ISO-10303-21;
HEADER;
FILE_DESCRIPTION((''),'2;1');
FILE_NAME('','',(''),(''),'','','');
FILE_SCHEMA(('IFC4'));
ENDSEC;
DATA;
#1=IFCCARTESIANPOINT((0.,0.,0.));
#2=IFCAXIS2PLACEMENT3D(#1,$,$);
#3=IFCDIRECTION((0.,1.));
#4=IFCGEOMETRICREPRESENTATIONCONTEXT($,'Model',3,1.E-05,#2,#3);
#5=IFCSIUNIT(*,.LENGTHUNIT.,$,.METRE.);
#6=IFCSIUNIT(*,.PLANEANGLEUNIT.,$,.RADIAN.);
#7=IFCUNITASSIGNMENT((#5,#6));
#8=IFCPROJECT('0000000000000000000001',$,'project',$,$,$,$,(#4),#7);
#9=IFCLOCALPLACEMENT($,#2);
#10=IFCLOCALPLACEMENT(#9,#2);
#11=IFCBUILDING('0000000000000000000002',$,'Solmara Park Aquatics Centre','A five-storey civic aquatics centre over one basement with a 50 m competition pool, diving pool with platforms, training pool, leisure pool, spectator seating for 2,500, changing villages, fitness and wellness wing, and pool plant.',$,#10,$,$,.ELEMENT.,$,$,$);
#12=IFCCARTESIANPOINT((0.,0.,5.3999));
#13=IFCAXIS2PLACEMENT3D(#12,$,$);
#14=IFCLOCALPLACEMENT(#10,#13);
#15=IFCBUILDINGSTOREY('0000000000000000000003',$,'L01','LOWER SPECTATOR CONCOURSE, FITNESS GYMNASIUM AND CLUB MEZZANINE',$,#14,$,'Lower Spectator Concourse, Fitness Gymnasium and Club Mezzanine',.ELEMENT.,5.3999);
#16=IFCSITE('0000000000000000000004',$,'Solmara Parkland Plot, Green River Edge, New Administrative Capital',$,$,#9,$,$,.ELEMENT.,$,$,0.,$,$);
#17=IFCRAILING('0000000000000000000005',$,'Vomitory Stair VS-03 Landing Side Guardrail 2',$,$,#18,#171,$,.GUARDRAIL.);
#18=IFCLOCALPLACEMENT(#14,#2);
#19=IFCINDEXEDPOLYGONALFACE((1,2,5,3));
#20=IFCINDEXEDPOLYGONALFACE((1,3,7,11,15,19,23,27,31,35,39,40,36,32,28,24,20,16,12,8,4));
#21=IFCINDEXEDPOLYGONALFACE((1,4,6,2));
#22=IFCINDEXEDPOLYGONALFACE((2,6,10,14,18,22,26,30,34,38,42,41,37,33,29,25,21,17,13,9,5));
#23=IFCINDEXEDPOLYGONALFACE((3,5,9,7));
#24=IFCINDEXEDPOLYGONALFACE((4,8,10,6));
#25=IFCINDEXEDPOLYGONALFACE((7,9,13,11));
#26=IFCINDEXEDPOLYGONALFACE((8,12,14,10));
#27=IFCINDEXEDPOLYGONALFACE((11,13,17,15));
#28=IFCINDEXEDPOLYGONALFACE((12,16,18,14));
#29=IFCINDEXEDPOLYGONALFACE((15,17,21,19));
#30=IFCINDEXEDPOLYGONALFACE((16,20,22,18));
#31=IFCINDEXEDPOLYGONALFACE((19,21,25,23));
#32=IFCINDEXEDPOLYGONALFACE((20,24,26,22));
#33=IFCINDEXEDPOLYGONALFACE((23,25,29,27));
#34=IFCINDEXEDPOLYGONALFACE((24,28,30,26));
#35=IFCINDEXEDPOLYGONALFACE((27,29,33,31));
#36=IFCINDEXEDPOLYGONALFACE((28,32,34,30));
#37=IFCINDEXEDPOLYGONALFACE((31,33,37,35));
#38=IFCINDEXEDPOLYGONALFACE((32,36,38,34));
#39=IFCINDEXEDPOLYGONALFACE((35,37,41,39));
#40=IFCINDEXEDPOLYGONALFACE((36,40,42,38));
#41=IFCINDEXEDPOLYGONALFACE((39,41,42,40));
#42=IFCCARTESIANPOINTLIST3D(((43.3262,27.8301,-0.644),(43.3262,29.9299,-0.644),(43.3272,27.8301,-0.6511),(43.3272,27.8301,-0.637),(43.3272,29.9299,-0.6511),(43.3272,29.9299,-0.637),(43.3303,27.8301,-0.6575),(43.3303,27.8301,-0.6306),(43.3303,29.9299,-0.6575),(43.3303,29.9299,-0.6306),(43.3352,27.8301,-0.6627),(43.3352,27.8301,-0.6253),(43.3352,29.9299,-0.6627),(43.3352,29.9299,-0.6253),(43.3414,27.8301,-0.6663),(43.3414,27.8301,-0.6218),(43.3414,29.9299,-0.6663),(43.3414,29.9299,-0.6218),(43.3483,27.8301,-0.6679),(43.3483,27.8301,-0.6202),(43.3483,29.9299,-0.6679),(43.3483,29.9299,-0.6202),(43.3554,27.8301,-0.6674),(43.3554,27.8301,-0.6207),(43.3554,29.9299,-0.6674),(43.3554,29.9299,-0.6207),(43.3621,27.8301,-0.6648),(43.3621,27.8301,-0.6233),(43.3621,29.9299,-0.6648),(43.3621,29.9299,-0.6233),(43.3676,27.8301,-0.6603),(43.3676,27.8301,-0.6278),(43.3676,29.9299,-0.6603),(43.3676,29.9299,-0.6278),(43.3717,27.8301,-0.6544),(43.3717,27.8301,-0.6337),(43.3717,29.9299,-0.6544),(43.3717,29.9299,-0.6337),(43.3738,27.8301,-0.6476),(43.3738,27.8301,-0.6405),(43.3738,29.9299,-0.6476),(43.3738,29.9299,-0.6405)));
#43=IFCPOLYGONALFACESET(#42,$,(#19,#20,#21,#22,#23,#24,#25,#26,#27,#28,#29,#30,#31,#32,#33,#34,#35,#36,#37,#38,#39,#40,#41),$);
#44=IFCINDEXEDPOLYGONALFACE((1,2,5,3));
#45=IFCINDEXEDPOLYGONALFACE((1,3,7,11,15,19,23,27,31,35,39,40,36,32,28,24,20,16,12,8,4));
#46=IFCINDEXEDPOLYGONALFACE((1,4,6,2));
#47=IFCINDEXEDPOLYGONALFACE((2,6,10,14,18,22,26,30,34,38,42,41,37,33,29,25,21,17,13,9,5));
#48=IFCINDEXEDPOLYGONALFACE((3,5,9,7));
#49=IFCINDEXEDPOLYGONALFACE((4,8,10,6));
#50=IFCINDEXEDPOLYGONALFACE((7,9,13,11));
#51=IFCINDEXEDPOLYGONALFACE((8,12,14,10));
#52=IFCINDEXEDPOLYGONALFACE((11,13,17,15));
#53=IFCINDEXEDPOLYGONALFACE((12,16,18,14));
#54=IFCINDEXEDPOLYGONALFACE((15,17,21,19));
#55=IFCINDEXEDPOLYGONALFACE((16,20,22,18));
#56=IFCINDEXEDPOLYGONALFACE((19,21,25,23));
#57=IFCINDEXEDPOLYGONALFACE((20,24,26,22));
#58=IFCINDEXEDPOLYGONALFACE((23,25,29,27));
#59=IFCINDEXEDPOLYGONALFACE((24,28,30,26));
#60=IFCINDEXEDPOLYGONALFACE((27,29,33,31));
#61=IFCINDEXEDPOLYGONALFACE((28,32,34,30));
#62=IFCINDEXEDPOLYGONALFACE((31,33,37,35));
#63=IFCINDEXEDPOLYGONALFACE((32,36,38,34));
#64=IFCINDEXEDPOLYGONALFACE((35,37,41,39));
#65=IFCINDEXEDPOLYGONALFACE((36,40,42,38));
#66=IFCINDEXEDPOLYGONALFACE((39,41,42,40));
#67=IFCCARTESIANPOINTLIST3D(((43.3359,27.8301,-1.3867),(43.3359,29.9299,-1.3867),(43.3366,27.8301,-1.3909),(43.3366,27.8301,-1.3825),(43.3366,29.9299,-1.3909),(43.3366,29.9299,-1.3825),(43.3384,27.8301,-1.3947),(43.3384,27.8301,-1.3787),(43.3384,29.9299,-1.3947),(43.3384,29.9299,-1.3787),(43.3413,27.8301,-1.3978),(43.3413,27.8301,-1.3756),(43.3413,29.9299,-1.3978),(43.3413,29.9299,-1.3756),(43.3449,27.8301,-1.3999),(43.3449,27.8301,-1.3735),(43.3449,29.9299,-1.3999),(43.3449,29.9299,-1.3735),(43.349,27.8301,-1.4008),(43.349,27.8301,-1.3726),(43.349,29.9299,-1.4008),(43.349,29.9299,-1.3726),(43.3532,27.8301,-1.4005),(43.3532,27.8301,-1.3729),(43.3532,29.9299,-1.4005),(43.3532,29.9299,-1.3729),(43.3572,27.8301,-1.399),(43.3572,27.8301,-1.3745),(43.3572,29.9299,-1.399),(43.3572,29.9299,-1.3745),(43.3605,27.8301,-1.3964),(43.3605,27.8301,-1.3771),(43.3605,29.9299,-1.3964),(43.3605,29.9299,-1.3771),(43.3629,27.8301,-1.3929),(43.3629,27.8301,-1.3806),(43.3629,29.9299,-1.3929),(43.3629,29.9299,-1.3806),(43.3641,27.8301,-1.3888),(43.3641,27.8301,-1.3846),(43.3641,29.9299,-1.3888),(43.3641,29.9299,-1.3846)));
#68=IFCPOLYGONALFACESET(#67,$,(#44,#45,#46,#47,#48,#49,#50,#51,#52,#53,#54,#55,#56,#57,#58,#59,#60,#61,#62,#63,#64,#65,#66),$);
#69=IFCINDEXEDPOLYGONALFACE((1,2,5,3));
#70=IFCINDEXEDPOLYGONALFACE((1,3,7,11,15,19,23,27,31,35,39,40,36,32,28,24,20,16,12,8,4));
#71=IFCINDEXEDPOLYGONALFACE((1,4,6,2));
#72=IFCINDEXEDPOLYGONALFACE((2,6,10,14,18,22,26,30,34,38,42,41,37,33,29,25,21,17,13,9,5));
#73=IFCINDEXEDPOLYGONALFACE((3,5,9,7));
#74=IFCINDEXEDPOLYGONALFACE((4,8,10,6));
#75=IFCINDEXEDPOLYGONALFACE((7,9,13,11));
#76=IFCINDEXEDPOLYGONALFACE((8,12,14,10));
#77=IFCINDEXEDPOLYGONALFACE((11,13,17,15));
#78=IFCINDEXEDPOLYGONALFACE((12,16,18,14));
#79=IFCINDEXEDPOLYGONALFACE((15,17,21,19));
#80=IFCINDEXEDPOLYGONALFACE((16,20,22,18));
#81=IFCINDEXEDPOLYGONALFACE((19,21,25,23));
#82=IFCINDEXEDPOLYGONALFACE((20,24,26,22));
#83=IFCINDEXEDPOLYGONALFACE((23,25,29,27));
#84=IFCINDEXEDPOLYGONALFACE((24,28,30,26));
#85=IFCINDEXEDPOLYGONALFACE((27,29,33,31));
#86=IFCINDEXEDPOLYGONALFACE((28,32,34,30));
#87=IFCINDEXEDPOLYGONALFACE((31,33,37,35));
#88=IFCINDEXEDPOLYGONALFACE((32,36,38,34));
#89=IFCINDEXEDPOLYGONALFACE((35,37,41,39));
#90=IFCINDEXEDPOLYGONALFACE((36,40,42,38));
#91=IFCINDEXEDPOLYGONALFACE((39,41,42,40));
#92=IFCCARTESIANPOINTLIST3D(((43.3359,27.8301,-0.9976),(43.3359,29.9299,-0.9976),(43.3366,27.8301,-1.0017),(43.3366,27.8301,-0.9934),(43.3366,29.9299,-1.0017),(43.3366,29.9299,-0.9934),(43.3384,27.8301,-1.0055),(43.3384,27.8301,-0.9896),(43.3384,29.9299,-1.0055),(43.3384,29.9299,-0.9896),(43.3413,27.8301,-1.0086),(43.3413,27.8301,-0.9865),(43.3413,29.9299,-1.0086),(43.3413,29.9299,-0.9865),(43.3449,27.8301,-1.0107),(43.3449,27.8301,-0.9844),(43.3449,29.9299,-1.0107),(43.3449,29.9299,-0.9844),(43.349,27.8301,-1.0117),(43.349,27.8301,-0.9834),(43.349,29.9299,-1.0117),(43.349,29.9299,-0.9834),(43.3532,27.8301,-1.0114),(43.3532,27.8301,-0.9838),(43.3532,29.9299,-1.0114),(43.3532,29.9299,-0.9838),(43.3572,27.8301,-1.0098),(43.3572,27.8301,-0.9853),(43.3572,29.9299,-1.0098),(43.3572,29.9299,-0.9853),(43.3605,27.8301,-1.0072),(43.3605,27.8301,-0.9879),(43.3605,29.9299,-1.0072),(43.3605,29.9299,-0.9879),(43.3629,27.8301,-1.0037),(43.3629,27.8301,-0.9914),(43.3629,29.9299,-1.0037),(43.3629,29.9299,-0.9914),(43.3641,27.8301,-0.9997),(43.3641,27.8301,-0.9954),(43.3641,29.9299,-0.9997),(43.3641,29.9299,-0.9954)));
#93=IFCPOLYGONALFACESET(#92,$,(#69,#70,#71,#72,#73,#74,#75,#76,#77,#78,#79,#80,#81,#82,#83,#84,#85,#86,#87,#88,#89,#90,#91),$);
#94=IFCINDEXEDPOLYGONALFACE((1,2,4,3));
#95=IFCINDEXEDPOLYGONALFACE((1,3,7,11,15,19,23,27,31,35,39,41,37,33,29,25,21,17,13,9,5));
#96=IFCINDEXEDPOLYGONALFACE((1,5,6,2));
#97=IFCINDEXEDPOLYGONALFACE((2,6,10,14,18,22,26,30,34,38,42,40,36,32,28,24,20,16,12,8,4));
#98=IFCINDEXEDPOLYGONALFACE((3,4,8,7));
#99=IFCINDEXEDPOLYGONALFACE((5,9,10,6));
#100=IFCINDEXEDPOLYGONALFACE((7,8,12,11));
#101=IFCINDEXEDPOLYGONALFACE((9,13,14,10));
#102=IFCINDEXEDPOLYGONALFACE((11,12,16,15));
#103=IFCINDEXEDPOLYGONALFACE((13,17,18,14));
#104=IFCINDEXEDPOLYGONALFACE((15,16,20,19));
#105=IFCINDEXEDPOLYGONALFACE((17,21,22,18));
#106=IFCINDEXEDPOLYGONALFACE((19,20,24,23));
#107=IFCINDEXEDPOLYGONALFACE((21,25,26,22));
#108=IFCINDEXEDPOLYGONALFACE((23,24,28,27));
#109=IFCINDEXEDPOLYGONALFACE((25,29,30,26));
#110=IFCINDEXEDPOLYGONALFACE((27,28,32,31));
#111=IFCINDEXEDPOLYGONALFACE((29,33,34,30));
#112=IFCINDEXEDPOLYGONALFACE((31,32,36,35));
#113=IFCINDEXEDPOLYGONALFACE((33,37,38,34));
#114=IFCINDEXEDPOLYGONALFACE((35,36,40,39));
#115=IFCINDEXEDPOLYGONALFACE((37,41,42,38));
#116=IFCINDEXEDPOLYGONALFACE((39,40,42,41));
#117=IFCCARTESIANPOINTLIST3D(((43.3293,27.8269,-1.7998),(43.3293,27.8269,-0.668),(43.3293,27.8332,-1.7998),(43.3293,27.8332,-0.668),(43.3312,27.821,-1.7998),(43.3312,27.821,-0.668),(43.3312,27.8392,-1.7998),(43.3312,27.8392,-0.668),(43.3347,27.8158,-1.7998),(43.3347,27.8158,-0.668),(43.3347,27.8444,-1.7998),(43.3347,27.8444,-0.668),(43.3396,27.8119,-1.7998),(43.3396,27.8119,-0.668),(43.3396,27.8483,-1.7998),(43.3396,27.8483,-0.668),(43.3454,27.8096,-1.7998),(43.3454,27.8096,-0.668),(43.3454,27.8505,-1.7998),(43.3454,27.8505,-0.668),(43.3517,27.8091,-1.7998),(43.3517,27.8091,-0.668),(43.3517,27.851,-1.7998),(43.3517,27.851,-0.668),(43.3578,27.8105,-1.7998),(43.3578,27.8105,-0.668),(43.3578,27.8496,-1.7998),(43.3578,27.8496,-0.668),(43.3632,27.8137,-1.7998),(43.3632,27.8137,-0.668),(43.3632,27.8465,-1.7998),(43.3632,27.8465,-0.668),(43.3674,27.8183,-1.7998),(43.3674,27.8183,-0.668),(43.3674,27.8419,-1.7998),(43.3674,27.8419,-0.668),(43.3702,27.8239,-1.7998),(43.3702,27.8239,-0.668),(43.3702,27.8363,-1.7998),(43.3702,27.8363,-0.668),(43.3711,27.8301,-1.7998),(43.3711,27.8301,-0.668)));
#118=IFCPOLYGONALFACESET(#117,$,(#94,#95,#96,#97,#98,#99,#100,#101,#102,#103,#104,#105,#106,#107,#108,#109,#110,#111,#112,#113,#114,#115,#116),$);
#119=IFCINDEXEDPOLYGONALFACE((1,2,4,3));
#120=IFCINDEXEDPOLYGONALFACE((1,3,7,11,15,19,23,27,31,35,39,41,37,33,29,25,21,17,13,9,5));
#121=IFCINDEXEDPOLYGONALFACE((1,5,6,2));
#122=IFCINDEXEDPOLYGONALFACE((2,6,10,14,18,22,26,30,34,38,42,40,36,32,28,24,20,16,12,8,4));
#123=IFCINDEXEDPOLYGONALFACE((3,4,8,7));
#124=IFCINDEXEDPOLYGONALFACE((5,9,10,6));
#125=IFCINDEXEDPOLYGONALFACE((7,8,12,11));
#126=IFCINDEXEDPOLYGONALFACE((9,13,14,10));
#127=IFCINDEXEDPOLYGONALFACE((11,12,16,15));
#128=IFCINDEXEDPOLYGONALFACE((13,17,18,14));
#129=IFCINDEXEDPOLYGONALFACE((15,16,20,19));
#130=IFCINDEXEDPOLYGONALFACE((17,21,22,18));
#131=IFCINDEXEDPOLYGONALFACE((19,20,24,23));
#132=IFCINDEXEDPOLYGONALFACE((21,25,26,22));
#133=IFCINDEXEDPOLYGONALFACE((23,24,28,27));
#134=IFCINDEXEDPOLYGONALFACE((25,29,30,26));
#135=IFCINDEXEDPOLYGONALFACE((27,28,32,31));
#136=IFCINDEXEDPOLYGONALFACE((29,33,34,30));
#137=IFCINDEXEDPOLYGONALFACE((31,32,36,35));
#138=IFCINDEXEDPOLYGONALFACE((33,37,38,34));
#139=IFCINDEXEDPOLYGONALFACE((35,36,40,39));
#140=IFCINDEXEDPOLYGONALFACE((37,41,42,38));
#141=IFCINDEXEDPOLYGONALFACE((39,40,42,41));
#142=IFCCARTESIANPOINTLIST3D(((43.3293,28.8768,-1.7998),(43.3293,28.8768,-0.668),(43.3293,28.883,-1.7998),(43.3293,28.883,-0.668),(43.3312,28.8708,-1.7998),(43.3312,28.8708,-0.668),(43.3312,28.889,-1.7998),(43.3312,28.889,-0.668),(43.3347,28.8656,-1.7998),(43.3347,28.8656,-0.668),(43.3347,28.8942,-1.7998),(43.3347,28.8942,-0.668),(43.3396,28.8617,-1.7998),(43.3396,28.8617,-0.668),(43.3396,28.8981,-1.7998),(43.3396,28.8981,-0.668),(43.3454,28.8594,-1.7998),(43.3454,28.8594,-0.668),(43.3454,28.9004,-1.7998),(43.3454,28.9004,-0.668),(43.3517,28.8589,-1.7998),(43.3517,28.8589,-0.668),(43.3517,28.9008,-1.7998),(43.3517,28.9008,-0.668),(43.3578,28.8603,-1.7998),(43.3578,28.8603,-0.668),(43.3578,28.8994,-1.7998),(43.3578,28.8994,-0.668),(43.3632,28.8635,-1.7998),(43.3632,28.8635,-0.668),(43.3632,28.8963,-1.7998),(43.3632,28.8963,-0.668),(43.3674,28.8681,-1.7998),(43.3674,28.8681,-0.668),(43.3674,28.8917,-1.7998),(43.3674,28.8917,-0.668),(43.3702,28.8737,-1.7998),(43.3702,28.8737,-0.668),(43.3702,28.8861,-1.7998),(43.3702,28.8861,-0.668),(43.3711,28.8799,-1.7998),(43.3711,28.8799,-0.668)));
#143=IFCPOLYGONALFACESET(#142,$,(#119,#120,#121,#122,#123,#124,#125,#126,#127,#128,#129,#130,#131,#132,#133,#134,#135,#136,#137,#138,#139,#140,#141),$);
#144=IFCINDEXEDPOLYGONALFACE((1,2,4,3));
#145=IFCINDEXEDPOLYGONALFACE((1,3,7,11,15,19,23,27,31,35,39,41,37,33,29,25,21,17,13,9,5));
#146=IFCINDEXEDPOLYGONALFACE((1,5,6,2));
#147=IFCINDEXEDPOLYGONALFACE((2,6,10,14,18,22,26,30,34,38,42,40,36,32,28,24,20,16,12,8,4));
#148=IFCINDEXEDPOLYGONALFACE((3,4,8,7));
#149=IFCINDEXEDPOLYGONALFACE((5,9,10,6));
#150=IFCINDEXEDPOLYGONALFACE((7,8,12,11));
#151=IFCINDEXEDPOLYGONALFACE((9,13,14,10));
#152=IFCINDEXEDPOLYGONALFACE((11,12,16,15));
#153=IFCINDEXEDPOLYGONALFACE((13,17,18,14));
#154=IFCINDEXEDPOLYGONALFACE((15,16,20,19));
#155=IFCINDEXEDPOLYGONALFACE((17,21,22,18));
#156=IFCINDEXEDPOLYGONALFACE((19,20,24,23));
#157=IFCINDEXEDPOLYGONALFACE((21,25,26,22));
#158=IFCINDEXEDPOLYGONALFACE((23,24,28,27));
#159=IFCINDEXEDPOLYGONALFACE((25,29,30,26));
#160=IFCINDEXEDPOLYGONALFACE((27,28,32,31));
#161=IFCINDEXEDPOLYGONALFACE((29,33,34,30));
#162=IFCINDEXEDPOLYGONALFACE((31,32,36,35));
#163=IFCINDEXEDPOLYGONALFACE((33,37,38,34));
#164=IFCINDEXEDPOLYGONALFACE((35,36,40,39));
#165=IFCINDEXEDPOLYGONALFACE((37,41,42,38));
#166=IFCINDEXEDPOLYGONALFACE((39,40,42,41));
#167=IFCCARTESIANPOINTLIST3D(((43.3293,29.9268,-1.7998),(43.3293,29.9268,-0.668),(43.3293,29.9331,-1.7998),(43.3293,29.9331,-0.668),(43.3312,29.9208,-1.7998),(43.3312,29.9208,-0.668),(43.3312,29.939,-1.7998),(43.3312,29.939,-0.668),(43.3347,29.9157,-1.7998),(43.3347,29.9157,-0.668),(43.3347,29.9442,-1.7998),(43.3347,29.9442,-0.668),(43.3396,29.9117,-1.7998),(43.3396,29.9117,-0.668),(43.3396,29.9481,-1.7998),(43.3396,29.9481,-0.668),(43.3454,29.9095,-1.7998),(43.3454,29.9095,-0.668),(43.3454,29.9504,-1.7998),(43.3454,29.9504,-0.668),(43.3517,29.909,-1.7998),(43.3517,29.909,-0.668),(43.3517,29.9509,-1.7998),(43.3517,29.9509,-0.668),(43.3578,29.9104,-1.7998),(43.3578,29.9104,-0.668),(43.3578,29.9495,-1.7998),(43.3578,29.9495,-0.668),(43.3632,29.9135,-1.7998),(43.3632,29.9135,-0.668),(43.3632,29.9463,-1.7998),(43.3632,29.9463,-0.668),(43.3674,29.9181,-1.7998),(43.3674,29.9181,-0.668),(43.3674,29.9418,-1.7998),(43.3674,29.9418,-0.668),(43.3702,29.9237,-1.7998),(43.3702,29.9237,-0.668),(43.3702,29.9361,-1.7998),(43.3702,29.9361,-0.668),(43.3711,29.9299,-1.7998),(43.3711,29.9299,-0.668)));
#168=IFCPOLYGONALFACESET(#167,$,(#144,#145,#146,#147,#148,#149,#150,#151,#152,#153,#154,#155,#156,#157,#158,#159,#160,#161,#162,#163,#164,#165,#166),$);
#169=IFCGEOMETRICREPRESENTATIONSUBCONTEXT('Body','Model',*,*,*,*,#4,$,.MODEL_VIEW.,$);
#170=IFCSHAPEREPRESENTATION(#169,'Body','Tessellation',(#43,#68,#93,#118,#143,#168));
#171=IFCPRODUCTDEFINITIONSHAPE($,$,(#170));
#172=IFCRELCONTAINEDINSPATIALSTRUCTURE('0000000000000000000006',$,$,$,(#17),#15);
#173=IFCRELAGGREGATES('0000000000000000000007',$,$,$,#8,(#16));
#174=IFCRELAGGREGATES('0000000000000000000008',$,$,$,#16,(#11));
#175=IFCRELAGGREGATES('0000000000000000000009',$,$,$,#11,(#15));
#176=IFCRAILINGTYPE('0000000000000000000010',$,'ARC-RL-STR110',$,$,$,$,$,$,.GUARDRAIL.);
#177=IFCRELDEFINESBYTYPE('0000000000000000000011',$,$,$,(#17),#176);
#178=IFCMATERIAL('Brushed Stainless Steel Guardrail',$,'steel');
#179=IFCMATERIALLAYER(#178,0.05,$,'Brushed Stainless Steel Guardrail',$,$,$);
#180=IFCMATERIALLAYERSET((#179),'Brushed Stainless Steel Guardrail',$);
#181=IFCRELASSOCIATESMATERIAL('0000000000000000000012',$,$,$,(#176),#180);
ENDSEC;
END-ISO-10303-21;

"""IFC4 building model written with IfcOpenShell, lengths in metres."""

from ifc_helpers import new_model, si_unit, direction, frame, origin, origin_2d, place, context, subcontext, project, spatial, circle, extrude, material, layer, layer_set, type_object, element, save


model = new_model("IFC4")

# Units and contexts
model_context = context("Model", 3, precision=1e-05, world=origin(), true_north=direction((0.0, 1.0)))
body_context = subcontext(model_context, "Body", "Model", "MODEL_VIEW")
ifc_project = project(units=[si_unit("LENGTHUNIT", "METRE"), si_unit("PLANEANGLEUNIT", "RADIAN")], contexts=[model_context])

# Site, building, storey
site_placement = place(None, origin())
site = spatial("IfcSite", under=ifc_project, at=site_placement, Name="Solmara Parkland Plot, Green River Edge, New Administrative Capital", CompositionType="ELEMENT", RefElevation=0.0)
building_placement = place(site_placement, origin())
building = spatial("IfcBuilding", under=site, at=building_placement, Name="Solmara Park Aquatics Centre", Description="A five-storey civic aquatics centre over one basement with a 50 m competition pool, diving pool with platforms, training pool, leisure pool, spectator seating for 2,500, changing villages, fitness and wellness wing, and pool plant.", CompositionType="ELEMENT")
storey_placement = place(building_placement, frame((0.0, 0.0, 5.3999)))
storey = spatial("IfcBuildingStorey", under=building, at=storey_placement, Name="L01", Description="LOWER SPECTATOR CONCOURSE, FITNESS GYMNASIUM AND CLUB MEZZANINE", LongName="Lower Spectator Concourse, Fitness Gymnasium and Club Mezzanine", CompositionType="ELEMENT", Elevation=5.3999)

# Railing
ifc_material_1 = material(Name="Brushed Stainless Steel Guardrail", Category="steel")
ifc_layer_1 = layer(ifc_material_1, 0.05, Name="Brushed Stainless Steel Guardrail")
ifc_layer_set_1 = layer_set([ifc_layer_1], Name="Brushed Stainless Steel Guardrail")
railing_type_1 = type_object("IfcRailingType", Name="ARC-RL-STR110", PredefinedType="GUARDRAIL", material=ifc_layer_set_1)
railing_1_placement = place(storey_placement, frame((43.3501, 27.8301, -1.7998)))
element("IfcRailing", 1, at=railing_1_placement, inside=storey, type_object=railing_type_1, Name="Vomitory Stair VS-03 Landing Side Guardrail 2", PredefinedType="GUARDRAIL", context=body_context, shape_type="SweptSolid", body=[
    extrude(circle(Radius=0.0239, at=origin_2d()), frame((0.0, 0.0, 1.1558), z_axis=(0.0, 1.0, 0.0), x_axis=(-1.0, 0.0, 0.0)), (0.0, 0.0, 1.0), 2.0999),
    extrude(circle(Radius=0.0142, at=origin_2d()), frame((0.0, 0.0, 0.4131), z_axis=(0.0, 1.0, 0.0), x_axis=(-1.0, 0.0, 0.0)), (0.0, 0.0, 1.0), 2.0999),
    extrude(circle(Radius=0.0142, at=origin_2d()), frame((0.0, 0.0, 0.8022), z_axis=(0.0, 1.0, 0.0), x_axis=(-1.0, 0.0, 0.0)), (0.0, 0.0, 1.0), 2.0999),
    extrude(circle(Radius=0.021, at=origin_2d()), origin(), (0.0, 0.0, 1.0), 1.1318),
    extrude(circle(Radius=0.021, at=origin_2d()), frame((0.0, 1.0498, 0.0)), (0.0, 0.0, 1.0), 1.1318),
    extrude(circle(Radius=0.021, at=origin_2d()), frame((0.0, 2.0999, 0.0)), (0.0, 0.0, 1.0), 1.1318),
])

save(model, "model.ifc")
